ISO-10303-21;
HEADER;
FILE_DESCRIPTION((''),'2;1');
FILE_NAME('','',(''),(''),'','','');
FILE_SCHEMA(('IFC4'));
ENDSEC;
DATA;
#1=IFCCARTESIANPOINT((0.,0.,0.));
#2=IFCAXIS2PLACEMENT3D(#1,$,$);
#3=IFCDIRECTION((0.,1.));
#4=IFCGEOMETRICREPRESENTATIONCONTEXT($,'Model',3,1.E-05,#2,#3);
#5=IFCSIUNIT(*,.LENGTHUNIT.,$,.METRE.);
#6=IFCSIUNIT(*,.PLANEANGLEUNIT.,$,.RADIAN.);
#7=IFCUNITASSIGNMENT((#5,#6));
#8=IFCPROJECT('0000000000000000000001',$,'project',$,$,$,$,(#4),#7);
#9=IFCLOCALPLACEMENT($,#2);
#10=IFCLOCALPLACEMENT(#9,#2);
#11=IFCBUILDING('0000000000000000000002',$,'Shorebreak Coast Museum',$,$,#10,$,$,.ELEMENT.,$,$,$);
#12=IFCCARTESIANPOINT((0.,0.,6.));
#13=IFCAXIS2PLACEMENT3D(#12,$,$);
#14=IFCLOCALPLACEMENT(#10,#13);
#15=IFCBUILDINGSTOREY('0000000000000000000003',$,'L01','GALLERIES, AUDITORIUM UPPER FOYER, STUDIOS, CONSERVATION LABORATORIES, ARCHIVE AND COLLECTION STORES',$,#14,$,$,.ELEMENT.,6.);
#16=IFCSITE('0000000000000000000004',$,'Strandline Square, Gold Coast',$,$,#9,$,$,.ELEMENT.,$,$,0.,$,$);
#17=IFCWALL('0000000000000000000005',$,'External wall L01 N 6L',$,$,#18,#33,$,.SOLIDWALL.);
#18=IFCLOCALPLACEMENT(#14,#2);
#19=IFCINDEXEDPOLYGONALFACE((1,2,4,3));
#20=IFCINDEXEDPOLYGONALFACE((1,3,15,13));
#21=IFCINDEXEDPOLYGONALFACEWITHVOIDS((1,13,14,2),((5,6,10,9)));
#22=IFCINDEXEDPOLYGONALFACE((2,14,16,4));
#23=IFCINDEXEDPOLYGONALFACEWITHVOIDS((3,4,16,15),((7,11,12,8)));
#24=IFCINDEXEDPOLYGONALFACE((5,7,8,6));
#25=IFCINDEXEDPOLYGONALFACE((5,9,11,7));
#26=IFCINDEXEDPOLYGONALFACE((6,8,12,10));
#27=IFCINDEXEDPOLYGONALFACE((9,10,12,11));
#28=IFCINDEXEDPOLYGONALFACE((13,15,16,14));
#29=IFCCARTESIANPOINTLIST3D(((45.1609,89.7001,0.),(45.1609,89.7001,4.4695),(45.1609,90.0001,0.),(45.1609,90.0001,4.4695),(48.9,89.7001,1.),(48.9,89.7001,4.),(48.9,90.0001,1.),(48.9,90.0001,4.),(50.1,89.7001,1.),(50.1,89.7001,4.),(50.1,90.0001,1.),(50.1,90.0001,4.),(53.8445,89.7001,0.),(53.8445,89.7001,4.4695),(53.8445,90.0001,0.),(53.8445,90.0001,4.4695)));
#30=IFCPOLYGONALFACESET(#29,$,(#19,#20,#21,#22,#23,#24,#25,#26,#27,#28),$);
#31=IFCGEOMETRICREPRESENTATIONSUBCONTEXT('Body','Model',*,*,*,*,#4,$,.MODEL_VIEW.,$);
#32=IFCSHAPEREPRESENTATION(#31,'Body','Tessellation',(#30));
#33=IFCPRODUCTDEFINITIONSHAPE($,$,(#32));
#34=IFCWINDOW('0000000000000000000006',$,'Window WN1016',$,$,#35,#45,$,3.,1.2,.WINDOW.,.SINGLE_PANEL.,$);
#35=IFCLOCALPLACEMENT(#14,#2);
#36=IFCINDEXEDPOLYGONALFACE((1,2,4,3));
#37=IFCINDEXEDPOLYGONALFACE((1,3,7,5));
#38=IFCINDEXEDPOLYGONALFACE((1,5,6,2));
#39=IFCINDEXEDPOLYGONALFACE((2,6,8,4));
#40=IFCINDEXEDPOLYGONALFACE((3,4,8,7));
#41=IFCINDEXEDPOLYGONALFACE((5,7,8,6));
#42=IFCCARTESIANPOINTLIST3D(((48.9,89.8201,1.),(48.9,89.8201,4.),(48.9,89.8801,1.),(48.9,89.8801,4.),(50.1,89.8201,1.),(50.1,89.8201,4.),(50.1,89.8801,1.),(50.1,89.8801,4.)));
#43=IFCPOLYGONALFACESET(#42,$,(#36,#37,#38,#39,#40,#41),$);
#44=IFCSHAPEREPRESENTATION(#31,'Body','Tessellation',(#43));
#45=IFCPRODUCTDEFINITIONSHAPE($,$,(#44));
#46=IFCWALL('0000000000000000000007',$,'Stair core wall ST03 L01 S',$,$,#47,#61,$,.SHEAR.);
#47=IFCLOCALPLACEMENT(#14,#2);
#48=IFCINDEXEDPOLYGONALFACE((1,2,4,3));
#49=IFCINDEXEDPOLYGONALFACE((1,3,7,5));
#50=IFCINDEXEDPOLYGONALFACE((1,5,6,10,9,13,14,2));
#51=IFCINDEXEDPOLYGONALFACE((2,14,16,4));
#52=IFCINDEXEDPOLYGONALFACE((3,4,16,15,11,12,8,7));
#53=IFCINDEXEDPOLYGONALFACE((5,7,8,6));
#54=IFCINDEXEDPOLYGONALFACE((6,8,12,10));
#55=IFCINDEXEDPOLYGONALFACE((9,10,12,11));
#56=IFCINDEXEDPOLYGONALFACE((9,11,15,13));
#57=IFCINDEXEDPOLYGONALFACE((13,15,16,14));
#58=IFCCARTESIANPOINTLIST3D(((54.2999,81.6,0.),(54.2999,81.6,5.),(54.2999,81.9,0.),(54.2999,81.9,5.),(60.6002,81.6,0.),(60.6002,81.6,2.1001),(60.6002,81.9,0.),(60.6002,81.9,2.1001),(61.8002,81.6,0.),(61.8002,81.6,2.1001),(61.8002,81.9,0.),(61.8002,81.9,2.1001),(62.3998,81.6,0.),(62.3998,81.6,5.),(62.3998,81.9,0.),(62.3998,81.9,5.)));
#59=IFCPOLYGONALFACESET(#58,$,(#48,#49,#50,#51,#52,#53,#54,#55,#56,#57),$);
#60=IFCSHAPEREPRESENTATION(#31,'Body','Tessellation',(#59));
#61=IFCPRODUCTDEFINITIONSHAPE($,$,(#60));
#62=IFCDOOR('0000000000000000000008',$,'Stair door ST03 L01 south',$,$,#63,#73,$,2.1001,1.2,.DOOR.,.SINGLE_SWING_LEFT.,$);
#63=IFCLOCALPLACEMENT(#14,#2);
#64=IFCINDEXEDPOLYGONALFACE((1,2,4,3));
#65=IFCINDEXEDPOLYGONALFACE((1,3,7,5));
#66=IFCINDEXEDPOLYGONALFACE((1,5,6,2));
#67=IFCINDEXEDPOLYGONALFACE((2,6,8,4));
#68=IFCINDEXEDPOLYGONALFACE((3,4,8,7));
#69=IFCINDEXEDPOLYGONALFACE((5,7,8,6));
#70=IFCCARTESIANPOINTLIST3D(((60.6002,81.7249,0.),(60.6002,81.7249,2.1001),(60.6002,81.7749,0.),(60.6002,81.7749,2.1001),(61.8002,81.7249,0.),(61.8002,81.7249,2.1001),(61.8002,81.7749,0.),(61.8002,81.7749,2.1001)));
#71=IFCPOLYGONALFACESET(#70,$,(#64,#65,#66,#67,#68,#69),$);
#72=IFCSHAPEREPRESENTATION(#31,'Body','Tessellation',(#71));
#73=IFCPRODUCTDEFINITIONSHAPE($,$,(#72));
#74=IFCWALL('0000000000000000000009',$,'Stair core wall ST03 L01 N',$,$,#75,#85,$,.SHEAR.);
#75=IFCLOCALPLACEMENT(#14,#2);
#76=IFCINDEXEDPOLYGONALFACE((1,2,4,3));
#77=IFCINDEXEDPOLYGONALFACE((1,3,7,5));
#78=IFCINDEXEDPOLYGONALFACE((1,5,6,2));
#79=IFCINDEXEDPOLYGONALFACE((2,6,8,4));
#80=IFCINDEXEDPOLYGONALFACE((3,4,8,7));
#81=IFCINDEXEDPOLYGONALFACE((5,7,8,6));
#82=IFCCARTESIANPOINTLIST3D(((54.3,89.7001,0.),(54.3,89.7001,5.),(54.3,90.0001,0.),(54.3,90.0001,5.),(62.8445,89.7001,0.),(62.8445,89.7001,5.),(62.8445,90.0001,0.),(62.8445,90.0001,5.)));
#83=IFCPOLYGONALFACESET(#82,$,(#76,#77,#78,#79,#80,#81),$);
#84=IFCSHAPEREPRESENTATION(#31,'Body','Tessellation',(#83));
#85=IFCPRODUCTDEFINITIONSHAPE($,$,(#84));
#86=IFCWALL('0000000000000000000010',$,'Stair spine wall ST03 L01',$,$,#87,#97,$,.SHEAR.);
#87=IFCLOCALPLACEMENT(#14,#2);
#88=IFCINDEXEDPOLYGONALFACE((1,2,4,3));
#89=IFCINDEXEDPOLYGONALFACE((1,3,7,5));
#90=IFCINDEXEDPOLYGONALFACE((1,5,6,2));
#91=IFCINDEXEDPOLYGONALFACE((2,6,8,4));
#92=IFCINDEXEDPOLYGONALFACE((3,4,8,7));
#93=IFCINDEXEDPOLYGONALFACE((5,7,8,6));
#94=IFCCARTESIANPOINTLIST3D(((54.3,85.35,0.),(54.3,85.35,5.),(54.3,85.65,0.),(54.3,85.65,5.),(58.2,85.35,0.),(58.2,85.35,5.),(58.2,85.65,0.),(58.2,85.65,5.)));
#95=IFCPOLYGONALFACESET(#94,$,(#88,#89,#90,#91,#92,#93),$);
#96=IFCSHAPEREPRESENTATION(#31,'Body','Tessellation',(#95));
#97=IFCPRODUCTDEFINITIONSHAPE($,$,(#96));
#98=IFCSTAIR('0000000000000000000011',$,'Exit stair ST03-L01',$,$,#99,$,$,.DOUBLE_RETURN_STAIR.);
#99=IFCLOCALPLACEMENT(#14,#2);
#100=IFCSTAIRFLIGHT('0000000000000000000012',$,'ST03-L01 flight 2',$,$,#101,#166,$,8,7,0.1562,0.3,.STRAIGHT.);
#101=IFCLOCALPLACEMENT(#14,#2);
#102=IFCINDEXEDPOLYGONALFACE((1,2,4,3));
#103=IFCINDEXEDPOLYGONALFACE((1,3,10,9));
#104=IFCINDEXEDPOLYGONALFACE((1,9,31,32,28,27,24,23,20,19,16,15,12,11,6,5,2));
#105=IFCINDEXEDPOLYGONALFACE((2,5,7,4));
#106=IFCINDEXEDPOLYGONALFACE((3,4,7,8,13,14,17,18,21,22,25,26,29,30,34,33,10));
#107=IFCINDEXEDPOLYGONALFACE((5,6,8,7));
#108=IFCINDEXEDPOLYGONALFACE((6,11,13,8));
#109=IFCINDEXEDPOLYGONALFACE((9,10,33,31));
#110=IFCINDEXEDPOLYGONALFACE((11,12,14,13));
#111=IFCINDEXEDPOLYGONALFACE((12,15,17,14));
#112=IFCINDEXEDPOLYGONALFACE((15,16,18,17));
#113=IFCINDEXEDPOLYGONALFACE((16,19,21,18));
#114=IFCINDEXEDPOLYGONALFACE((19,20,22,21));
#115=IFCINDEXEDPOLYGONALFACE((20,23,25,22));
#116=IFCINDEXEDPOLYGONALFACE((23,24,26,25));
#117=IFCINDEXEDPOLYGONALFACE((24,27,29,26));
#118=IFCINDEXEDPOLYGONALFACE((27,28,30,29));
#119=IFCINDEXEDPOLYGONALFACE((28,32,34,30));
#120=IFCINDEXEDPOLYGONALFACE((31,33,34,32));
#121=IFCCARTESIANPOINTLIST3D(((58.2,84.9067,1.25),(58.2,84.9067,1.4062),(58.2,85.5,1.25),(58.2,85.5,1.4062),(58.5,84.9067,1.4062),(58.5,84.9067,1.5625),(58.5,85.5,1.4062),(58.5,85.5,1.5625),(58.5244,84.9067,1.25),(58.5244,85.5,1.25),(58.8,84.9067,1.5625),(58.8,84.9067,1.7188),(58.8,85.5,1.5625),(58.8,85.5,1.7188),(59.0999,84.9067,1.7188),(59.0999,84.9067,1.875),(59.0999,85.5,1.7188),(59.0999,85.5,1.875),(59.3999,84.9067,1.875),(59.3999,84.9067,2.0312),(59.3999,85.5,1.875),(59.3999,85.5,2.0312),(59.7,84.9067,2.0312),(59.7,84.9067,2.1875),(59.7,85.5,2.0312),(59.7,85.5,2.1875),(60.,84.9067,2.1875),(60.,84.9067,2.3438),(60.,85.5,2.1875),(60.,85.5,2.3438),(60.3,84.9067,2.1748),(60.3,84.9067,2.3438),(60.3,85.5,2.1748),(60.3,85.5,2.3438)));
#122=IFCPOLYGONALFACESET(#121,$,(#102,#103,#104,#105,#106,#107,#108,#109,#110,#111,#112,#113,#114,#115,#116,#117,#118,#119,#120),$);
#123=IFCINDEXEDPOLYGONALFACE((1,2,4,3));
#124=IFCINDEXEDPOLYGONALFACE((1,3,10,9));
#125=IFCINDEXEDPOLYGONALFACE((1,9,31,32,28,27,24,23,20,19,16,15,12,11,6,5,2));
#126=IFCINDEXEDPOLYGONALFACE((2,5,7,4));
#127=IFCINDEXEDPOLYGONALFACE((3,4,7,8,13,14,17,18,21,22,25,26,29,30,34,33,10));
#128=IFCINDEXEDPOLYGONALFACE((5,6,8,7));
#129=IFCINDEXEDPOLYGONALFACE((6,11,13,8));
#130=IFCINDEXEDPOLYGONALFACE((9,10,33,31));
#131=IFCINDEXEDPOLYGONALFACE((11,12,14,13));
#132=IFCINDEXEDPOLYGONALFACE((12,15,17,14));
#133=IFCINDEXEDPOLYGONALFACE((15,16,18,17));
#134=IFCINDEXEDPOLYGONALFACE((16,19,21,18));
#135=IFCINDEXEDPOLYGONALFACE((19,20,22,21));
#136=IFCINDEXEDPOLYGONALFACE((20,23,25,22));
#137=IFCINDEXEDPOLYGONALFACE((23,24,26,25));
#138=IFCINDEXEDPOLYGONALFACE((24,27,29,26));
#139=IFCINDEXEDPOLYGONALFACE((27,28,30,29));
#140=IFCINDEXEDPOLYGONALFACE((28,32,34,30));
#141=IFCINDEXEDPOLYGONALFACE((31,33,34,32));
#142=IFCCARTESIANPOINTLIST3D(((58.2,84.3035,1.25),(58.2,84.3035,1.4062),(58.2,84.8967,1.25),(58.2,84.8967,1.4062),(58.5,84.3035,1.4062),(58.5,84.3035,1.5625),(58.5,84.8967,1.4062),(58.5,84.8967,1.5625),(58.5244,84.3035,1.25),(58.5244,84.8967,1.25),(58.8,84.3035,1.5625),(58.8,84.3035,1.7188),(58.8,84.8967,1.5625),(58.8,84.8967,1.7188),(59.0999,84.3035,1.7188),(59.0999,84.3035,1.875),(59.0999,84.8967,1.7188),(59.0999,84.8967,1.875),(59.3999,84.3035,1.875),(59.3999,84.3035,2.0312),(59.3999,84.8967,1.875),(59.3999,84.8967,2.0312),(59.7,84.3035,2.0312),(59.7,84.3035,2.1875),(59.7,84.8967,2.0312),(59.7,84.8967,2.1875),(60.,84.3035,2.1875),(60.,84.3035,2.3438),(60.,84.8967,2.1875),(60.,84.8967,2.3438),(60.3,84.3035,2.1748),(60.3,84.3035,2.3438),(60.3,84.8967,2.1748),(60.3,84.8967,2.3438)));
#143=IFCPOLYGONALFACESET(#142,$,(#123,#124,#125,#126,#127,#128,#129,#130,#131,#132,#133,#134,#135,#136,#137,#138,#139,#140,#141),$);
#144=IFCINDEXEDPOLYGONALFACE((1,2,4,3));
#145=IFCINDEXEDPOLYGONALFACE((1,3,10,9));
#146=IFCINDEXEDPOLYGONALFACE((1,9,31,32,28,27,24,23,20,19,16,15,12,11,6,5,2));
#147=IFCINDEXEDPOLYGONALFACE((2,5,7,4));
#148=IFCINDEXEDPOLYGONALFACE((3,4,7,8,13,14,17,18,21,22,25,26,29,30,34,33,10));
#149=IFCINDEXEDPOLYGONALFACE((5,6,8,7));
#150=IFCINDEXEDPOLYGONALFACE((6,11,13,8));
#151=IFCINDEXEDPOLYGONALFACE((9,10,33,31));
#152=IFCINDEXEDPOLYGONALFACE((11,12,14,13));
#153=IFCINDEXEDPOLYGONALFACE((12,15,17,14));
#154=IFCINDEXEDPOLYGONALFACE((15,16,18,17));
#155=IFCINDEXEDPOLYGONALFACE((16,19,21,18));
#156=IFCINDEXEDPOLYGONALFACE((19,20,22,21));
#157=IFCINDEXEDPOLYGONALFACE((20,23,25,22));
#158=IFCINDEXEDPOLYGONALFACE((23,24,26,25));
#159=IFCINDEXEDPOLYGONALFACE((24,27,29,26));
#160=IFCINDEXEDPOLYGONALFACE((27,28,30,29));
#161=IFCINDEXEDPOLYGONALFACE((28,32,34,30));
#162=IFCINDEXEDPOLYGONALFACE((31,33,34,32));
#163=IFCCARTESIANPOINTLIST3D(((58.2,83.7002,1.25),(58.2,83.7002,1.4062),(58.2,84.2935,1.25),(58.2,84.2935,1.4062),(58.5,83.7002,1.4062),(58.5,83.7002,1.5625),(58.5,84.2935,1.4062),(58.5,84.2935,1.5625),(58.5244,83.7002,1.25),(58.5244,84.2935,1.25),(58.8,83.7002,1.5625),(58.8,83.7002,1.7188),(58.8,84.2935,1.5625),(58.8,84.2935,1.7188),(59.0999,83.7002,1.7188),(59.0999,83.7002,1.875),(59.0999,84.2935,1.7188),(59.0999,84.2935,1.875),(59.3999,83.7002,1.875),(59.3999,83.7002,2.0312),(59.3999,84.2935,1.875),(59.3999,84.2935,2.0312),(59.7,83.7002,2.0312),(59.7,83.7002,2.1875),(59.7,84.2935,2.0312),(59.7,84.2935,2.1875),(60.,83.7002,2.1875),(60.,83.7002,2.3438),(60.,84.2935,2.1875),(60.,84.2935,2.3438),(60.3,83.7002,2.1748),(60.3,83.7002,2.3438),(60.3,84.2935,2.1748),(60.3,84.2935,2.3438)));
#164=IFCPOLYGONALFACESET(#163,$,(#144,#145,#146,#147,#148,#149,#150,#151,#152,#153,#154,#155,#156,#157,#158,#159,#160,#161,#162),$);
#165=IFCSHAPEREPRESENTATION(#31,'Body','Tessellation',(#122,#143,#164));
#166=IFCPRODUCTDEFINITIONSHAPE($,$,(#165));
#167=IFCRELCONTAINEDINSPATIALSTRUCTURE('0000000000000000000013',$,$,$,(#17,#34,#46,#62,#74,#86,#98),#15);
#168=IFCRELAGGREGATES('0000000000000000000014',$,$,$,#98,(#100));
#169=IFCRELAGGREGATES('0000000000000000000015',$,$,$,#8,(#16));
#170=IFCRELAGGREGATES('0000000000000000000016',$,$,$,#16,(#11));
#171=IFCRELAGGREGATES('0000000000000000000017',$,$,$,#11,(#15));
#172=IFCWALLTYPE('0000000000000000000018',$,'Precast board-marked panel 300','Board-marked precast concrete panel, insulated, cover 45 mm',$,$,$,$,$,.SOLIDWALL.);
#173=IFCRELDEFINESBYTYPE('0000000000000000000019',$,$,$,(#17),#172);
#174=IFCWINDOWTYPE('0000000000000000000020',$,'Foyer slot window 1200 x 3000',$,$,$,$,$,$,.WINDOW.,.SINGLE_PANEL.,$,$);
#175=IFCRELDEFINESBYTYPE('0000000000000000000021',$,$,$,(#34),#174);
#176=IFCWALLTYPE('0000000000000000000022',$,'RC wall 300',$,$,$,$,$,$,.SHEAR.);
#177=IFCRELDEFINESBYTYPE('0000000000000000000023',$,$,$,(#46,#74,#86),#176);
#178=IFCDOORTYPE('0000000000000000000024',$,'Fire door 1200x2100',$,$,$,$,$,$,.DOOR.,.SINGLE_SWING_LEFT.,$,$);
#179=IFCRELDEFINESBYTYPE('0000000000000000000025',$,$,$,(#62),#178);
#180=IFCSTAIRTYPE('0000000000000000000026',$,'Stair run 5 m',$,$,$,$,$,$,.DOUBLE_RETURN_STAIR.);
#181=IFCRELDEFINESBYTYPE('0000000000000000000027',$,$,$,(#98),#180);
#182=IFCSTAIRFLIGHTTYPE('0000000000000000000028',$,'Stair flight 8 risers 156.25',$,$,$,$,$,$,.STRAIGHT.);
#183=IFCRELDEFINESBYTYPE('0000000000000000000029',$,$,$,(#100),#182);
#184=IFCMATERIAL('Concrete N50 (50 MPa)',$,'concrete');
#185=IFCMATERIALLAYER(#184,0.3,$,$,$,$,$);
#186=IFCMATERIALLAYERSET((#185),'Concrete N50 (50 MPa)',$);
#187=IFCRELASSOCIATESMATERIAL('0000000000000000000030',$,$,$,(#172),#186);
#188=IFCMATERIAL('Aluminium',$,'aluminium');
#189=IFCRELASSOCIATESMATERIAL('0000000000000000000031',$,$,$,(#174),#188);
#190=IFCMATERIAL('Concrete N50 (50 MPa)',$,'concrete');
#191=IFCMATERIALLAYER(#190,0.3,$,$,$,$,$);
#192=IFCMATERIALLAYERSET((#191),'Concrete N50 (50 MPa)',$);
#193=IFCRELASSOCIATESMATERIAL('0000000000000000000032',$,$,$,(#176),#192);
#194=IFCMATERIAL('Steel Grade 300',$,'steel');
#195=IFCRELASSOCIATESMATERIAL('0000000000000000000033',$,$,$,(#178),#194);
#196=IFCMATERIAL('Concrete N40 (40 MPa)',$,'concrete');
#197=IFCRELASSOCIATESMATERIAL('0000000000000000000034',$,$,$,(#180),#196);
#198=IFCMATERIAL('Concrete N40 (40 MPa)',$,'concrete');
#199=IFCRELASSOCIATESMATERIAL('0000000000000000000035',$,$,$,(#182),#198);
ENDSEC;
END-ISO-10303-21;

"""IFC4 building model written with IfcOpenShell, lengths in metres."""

from ifc_helpers import new_model, si_unit, direction, frame, frame_2d, origin, place, context, subcontext, project, spatial, polyline, rectangle, outline, extrude, material, layer, layer_set, type_object, element, fill, aggregate, save


model = new_model("IFC4")

# Units and contexts
model_context = context("Model", 3, precision=1e-05, world=origin(), true_north=direction((0.0, 1.0)))
body_context = subcontext(model_context, "Body", "Model", "MODEL_VIEW")
ifc_project = project(units=[si_unit("LENGTHUNIT", "METRE"), si_unit("PLANEANGLEUNIT", "RADIAN")], contexts=[model_context])

# Site, building, storey
site_placement = place(None, origin())
site = spatial("IfcSite", under=ifc_project, at=site_placement, Name="Strandline Square, Gold Coast", CompositionType="ELEMENT", RefElevation=0.0)
building_placement = place(site_placement, origin())
building = spatial("IfcBuilding", under=site, at=building_placement, Name="Shorebreak Coast Museum", CompositionType="ELEMENT")
storey_placement = place(building_placement, frame((0.0, 0.0, 6.0)))
storey = spatial("IfcBuildingStorey", under=building, at=storey_placement, Name="L01", Description="GALLERIES, AUDITORIUM UPPER FOYER, STUDIOS, CONSERVATION LABORATORIES, ARCHIVE AND COLLECTION STORES", CompositionType="ELEMENT", Elevation=6.0)

# Wall, opening, window
ifc_material_1 = material(Name="Concrete N50 (50 MPa)", Category="concrete")
ifc_layer_1 = layer(ifc_material_1, 0.3)
ifc_layer_set_1 = layer_set([ifc_layer_1], Name="Concrete N50 (50 MPa)")
wall_type_1 = type_object("IfcWallType", Name="Precast board-marked panel 300", Description="Board-marked precast concrete panel, insulated, cover 45 mm", PredefinedType="SOLIDWALL", material=ifc_layer_set_1)
wall_1_placement = place(storey_placement, frame((45.1609, 89.8501, 0.0), z_axis=(0.0, 0.0, 1.0), x_axis=(1.0, 0.0, 0.0)))
wall_1 = element("IfcWall", 1, at=wall_1_placement, inside=storey, type_object=wall_type_1, Name="External wall L01 N 6L", PredefinedType="SOLIDWALL", context=body_context, shape_type="SweptSolid", body=[
    extrude(rectangle(XDim=8.6836, YDim=0.3, at=frame_2d((4.3418, 0.0))), origin(), (0.0, 0.0, 1.0), 4.4695),
])
opening_1_placement = place(wall_1_placement, frame((3.739, 0.0, 1.0)))
opening_1 = element("IfcOpeningElement", 2, at=opening_1_placement, cuts=wall_1, PredefinedType="OPENING", context=body_context, shape_type="SweptSolid", body=[
    extrude(rectangle(XDim=1.2, YDim=3.0, at=frame_2d((0.6001, 1.5))), frame((0.0, 0.1599, 0.0), z_axis=(0.0, -1.0, 0.0), x_axis=(1.0, 0.0, 0.0)), (0.0, 0.0, 1.0), 0.3201),
])
ifc_material_2 = material(Name="Aluminium", Category="aluminium")
window_type = type_object("IfcWindowType", Name="Foyer slot window 1200 x 3000", PartitioningType="SINGLE_PANEL", PredefinedType="WINDOW", material=ifc_material_2)
window_placement = place(opening_1_placement, origin())
window = element("IfcWindow", 3, at=window_placement, inside=storey, type_object=window_type, Name="Window WN1016", OverallHeight=3.0, OverallWidth=1.2, PartitioningType="SINGLE_PANEL", PredefinedType="WINDOW", context=body_context, shape_type="SweptSolid", body=[
    extrude(rectangle(XDim=1.2, YDim=3.0, at=frame_2d((0.6001, 1.5))), frame((0.0, 0.03, 0.0), z_axis=(0.0, -1.0, 0.0), x_axis=(1.0, 0.0, 0.0)), (0.0, 0.0, 1.0), 0.0601),
])
fill(opening_1, window)

# Wall, opening, door
ifc_material_3 = material(Name="Concrete N50 (50 MPa)", Category="concrete")
ifc_layer_2 = layer(ifc_material_3, 0.3)
ifc_layer_set_2 = layer_set([ifc_layer_2], Name="Concrete N50 (50 MPa)")
wall_type_2 = type_object("IfcWallType", Name="RC wall 300", PredefinedType="SHEAR", material=ifc_layer_set_2)
wall_2_placement = place(storey_placement, frame((54.3, 81.75, 0.0), z_axis=(0.0, 0.0, 1.0), x_axis=(1.0, 0.0, 0.0)))
wall_2 = element("IfcWall", 4, at=wall_2_placement, inside=storey, type_object=wall_type_2, Name="Stair core wall ST03 L01 S", PredefinedType="SHEAR", context=body_context, shape_type="SweptSolid", body=[
    extrude(rectangle(XDim=8.0999, YDim=0.3, at=frame_2d((4.0498, 0.0))), origin(), (0.0, 0.0, 1.0), 5.0),
])
opening_2_placement = place(wall_2_placement, frame((6.3, 0.0, 0.0)))
opening_2 = element("IfcOpeningElement", 5, at=opening_2_placement, cuts=wall_2, PredefinedType="OPENING", context=body_context, shape_type="SweptSolid", body=[
    extrude(rectangle(XDim=1.2, YDim=2.1001, at=frame_2d((0.6001, 1.05))), frame((0.0, 0.1599, 0.0), z_axis=(0.0, -1.0, 0.0), x_axis=(1.0, 0.0, 0.0)), (0.0, 0.0, 1.0), 0.3201),
])
ifc_material_4 = material(Name="Steel Grade 300", Category="steel")
door_type_1 = type_object("IfcDoorType", Name="Fire door 1200x2100", OperationType="SINGLE_SWING_LEFT", PredefinedType="DOOR", material=ifc_material_4)
door_1_placement = place(opening_2_placement, origin())
door_1 = element("IfcDoor", 6, at=door_1_placement, inside=storey, type_object=door_type_1, Name="Stair door ST03 L01 south", OperationType="SINGLE_SWING_LEFT", OverallHeight=2.1001, OverallWidth=1.2, PredefinedType="DOOR", context=body_context, shape_type="SweptSolid", body=[
    extrude(rectangle(XDim=1.2, YDim=2.1001, at=frame_2d((0.6001, 1.05))), frame((0.0, 0.0249, 0.0), z_axis=(0.0, -1.0, 0.0), x_axis=(1.0, 0.0, 0.0)), (0.0, 0.0, 1.0), 0.05),
])
fill(opening_2, door_1)

# Walls
wall_3_placement = place(storey_placement, frame((54.3, 89.8501, 0.0), z_axis=(0.0, 0.0, 1.0), x_axis=(1.0, 0.0, 0.0)))
element("IfcWall", 7, at=wall_3_placement, inside=storey, type_object=wall_type_2, Name="Stair core wall ST03 L01 N", PredefinedType="SHEAR", context=body_context, shape_type="SweptSolid", body=[
    extrude(rectangle(XDim=8.5444, YDim=0.3, at=frame_2d((4.2722, 0.0))), origin(), (0.0, 0.0, 1.0), 5.0),
])
wall_4_placement = place(storey_placement, frame((58.2, 85.5, 0.0), z_axis=(0.0, 0.0, 1.0), x_axis=(-1.0, 0.0, 0.0)))
element("IfcWall", 8, at=wall_4_placement, inside=storey, type_object=wall_type_2, Name="Stair spine wall ST03 L01", PredefinedType="SHEAR", context=body_context, shape_type="SweptSolid", body=[
    extrude(rectangle(XDim=3.8999, YDim=0.3, at=frame_2d((1.95, 0.0))), origin(), (0.0, 0.0, 1.0), 5.0),
])

# Stair, stair flight
ifc_material_5 = material(Name="Concrete N40 (40 MPa)", Category="concrete")
stair_type = type_object("IfcStairType", Name="Stair run 5 m", PredefinedType="DOUBLE_RETURN_STAIR", material=ifc_material_5)
stair_placement = place(storey_placement, origin())
stair = element("IfcStair", 9, at=stair_placement, inside=storey, type_object=stair_type, Name="Exit stair ST03-L01", PredefinedType="DOUBLE_RETURN_STAIR")
ifc_material_6 = material(Name="Concrete N40 (40 MPa)", Category="concrete")
stair_flight_type = type_object("IfcStairFlightType", Name="Stair flight 8 risers 156.25", PredefinedType="STRAIGHT", material=ifc_material_6)
stair_flight_placement = place(storey_placement, frame((58.2, 84.6001, 1.25), z_axis=(0.0, 0.0, 1.0), x_axis=(1.0, 0.0, 0.0)))
stair_flight = element("IfcStairFlight", 10, at=stair_flight_placement, type_object=stair_flight_type, Name="ST03-L01 flight 2", NumberOfRisers=8, NumberOfTreads=7, PredefinedType="STRAIGHT", RiserHeight=0.1562, TreadLength=0.3, context=body_context, shape_type="SweptSolid", body=[
    extrude(outline(polyline([(0.0, 0.0), (0.0, 0.1562), (0.3, 0.1562), (0.3, 0.3125), (0.6001, 0.3125), (0.6001, 0.4688), (0.8999, 0.4688), (0.8999, 0.625), (1.2, 0.625), (1.2, 0.7812), (1.5, 0.7812), (1.5, 0.9375), (1.8, 0.9375), (1.8, 1.0938), (2.1001, 1.0938), (2.1001, 1.25), (2.1001, 0.9248), (0.3245, 0.0), (0.0, 0.0)])), frame((0.0, 0.8999, 0.0), z_axis=(0.0, -1.0, 0.0), x_axis=(1.0, 0.0, 0.0)), (0.0, 0.0, 1.0), 0.5933),
    extrude(outline(polyline([(0.0, 0.0), (0.0, 0.1562), (0.3, 0.1562), (0.3, 0.3125), (0.6001, 0.3125), (0.6001, 0.4688), (0.8999, 0.4688), (0.8999, 0.625), (1.2, 0.625), (1.2, 0.7812), (1.5, 0.7812), (1.5, 0.9375), (1.8, 0.9375), (1.8, 1.0938), (2.1001, 1.0938), (2.1001, 1.25), (2.1001, 0.9248), (0.3245, 0.0), (0.0, 0.0)])), frame((0.0, 0.2966, 0.0), z_axis=(0.0, -1.0, 0.0), x_axis=(1.0, 0.0, 0.0)), (0.0, 0.0, 1.0), 0.5933),
    extrude(outline(polyline([(0.0, 0.0), (0.0, 0.1562), (0.3, 0.1562), (0.3, 0.3125), (0.6001, 0.3125), (0.6001, 0.4688), (0.8999, 0.4688), (0.8999, 0.625), (1.2, 0.625), (1.2, 0.7812), (1.5, 0.7812), (1.5, 0.9375), (1.8, 0.9375), (1.8, 1.0938), (2.1001, 1.0938), (2.1001, 1.25), (2.1001, 0.9248), (0.3245, 0.0), (0.0, 0.0)])), frame((0.0, -0.3066, 0.0), z_axis=(0.0, -1.0, 0.0), x_axis=(1.0, 0.0, 0.0)), (0.0, 0.0, 1.0), 0.5933),
])
aggregate(stair, [stair_flight])

save(model, "model.ifc")
